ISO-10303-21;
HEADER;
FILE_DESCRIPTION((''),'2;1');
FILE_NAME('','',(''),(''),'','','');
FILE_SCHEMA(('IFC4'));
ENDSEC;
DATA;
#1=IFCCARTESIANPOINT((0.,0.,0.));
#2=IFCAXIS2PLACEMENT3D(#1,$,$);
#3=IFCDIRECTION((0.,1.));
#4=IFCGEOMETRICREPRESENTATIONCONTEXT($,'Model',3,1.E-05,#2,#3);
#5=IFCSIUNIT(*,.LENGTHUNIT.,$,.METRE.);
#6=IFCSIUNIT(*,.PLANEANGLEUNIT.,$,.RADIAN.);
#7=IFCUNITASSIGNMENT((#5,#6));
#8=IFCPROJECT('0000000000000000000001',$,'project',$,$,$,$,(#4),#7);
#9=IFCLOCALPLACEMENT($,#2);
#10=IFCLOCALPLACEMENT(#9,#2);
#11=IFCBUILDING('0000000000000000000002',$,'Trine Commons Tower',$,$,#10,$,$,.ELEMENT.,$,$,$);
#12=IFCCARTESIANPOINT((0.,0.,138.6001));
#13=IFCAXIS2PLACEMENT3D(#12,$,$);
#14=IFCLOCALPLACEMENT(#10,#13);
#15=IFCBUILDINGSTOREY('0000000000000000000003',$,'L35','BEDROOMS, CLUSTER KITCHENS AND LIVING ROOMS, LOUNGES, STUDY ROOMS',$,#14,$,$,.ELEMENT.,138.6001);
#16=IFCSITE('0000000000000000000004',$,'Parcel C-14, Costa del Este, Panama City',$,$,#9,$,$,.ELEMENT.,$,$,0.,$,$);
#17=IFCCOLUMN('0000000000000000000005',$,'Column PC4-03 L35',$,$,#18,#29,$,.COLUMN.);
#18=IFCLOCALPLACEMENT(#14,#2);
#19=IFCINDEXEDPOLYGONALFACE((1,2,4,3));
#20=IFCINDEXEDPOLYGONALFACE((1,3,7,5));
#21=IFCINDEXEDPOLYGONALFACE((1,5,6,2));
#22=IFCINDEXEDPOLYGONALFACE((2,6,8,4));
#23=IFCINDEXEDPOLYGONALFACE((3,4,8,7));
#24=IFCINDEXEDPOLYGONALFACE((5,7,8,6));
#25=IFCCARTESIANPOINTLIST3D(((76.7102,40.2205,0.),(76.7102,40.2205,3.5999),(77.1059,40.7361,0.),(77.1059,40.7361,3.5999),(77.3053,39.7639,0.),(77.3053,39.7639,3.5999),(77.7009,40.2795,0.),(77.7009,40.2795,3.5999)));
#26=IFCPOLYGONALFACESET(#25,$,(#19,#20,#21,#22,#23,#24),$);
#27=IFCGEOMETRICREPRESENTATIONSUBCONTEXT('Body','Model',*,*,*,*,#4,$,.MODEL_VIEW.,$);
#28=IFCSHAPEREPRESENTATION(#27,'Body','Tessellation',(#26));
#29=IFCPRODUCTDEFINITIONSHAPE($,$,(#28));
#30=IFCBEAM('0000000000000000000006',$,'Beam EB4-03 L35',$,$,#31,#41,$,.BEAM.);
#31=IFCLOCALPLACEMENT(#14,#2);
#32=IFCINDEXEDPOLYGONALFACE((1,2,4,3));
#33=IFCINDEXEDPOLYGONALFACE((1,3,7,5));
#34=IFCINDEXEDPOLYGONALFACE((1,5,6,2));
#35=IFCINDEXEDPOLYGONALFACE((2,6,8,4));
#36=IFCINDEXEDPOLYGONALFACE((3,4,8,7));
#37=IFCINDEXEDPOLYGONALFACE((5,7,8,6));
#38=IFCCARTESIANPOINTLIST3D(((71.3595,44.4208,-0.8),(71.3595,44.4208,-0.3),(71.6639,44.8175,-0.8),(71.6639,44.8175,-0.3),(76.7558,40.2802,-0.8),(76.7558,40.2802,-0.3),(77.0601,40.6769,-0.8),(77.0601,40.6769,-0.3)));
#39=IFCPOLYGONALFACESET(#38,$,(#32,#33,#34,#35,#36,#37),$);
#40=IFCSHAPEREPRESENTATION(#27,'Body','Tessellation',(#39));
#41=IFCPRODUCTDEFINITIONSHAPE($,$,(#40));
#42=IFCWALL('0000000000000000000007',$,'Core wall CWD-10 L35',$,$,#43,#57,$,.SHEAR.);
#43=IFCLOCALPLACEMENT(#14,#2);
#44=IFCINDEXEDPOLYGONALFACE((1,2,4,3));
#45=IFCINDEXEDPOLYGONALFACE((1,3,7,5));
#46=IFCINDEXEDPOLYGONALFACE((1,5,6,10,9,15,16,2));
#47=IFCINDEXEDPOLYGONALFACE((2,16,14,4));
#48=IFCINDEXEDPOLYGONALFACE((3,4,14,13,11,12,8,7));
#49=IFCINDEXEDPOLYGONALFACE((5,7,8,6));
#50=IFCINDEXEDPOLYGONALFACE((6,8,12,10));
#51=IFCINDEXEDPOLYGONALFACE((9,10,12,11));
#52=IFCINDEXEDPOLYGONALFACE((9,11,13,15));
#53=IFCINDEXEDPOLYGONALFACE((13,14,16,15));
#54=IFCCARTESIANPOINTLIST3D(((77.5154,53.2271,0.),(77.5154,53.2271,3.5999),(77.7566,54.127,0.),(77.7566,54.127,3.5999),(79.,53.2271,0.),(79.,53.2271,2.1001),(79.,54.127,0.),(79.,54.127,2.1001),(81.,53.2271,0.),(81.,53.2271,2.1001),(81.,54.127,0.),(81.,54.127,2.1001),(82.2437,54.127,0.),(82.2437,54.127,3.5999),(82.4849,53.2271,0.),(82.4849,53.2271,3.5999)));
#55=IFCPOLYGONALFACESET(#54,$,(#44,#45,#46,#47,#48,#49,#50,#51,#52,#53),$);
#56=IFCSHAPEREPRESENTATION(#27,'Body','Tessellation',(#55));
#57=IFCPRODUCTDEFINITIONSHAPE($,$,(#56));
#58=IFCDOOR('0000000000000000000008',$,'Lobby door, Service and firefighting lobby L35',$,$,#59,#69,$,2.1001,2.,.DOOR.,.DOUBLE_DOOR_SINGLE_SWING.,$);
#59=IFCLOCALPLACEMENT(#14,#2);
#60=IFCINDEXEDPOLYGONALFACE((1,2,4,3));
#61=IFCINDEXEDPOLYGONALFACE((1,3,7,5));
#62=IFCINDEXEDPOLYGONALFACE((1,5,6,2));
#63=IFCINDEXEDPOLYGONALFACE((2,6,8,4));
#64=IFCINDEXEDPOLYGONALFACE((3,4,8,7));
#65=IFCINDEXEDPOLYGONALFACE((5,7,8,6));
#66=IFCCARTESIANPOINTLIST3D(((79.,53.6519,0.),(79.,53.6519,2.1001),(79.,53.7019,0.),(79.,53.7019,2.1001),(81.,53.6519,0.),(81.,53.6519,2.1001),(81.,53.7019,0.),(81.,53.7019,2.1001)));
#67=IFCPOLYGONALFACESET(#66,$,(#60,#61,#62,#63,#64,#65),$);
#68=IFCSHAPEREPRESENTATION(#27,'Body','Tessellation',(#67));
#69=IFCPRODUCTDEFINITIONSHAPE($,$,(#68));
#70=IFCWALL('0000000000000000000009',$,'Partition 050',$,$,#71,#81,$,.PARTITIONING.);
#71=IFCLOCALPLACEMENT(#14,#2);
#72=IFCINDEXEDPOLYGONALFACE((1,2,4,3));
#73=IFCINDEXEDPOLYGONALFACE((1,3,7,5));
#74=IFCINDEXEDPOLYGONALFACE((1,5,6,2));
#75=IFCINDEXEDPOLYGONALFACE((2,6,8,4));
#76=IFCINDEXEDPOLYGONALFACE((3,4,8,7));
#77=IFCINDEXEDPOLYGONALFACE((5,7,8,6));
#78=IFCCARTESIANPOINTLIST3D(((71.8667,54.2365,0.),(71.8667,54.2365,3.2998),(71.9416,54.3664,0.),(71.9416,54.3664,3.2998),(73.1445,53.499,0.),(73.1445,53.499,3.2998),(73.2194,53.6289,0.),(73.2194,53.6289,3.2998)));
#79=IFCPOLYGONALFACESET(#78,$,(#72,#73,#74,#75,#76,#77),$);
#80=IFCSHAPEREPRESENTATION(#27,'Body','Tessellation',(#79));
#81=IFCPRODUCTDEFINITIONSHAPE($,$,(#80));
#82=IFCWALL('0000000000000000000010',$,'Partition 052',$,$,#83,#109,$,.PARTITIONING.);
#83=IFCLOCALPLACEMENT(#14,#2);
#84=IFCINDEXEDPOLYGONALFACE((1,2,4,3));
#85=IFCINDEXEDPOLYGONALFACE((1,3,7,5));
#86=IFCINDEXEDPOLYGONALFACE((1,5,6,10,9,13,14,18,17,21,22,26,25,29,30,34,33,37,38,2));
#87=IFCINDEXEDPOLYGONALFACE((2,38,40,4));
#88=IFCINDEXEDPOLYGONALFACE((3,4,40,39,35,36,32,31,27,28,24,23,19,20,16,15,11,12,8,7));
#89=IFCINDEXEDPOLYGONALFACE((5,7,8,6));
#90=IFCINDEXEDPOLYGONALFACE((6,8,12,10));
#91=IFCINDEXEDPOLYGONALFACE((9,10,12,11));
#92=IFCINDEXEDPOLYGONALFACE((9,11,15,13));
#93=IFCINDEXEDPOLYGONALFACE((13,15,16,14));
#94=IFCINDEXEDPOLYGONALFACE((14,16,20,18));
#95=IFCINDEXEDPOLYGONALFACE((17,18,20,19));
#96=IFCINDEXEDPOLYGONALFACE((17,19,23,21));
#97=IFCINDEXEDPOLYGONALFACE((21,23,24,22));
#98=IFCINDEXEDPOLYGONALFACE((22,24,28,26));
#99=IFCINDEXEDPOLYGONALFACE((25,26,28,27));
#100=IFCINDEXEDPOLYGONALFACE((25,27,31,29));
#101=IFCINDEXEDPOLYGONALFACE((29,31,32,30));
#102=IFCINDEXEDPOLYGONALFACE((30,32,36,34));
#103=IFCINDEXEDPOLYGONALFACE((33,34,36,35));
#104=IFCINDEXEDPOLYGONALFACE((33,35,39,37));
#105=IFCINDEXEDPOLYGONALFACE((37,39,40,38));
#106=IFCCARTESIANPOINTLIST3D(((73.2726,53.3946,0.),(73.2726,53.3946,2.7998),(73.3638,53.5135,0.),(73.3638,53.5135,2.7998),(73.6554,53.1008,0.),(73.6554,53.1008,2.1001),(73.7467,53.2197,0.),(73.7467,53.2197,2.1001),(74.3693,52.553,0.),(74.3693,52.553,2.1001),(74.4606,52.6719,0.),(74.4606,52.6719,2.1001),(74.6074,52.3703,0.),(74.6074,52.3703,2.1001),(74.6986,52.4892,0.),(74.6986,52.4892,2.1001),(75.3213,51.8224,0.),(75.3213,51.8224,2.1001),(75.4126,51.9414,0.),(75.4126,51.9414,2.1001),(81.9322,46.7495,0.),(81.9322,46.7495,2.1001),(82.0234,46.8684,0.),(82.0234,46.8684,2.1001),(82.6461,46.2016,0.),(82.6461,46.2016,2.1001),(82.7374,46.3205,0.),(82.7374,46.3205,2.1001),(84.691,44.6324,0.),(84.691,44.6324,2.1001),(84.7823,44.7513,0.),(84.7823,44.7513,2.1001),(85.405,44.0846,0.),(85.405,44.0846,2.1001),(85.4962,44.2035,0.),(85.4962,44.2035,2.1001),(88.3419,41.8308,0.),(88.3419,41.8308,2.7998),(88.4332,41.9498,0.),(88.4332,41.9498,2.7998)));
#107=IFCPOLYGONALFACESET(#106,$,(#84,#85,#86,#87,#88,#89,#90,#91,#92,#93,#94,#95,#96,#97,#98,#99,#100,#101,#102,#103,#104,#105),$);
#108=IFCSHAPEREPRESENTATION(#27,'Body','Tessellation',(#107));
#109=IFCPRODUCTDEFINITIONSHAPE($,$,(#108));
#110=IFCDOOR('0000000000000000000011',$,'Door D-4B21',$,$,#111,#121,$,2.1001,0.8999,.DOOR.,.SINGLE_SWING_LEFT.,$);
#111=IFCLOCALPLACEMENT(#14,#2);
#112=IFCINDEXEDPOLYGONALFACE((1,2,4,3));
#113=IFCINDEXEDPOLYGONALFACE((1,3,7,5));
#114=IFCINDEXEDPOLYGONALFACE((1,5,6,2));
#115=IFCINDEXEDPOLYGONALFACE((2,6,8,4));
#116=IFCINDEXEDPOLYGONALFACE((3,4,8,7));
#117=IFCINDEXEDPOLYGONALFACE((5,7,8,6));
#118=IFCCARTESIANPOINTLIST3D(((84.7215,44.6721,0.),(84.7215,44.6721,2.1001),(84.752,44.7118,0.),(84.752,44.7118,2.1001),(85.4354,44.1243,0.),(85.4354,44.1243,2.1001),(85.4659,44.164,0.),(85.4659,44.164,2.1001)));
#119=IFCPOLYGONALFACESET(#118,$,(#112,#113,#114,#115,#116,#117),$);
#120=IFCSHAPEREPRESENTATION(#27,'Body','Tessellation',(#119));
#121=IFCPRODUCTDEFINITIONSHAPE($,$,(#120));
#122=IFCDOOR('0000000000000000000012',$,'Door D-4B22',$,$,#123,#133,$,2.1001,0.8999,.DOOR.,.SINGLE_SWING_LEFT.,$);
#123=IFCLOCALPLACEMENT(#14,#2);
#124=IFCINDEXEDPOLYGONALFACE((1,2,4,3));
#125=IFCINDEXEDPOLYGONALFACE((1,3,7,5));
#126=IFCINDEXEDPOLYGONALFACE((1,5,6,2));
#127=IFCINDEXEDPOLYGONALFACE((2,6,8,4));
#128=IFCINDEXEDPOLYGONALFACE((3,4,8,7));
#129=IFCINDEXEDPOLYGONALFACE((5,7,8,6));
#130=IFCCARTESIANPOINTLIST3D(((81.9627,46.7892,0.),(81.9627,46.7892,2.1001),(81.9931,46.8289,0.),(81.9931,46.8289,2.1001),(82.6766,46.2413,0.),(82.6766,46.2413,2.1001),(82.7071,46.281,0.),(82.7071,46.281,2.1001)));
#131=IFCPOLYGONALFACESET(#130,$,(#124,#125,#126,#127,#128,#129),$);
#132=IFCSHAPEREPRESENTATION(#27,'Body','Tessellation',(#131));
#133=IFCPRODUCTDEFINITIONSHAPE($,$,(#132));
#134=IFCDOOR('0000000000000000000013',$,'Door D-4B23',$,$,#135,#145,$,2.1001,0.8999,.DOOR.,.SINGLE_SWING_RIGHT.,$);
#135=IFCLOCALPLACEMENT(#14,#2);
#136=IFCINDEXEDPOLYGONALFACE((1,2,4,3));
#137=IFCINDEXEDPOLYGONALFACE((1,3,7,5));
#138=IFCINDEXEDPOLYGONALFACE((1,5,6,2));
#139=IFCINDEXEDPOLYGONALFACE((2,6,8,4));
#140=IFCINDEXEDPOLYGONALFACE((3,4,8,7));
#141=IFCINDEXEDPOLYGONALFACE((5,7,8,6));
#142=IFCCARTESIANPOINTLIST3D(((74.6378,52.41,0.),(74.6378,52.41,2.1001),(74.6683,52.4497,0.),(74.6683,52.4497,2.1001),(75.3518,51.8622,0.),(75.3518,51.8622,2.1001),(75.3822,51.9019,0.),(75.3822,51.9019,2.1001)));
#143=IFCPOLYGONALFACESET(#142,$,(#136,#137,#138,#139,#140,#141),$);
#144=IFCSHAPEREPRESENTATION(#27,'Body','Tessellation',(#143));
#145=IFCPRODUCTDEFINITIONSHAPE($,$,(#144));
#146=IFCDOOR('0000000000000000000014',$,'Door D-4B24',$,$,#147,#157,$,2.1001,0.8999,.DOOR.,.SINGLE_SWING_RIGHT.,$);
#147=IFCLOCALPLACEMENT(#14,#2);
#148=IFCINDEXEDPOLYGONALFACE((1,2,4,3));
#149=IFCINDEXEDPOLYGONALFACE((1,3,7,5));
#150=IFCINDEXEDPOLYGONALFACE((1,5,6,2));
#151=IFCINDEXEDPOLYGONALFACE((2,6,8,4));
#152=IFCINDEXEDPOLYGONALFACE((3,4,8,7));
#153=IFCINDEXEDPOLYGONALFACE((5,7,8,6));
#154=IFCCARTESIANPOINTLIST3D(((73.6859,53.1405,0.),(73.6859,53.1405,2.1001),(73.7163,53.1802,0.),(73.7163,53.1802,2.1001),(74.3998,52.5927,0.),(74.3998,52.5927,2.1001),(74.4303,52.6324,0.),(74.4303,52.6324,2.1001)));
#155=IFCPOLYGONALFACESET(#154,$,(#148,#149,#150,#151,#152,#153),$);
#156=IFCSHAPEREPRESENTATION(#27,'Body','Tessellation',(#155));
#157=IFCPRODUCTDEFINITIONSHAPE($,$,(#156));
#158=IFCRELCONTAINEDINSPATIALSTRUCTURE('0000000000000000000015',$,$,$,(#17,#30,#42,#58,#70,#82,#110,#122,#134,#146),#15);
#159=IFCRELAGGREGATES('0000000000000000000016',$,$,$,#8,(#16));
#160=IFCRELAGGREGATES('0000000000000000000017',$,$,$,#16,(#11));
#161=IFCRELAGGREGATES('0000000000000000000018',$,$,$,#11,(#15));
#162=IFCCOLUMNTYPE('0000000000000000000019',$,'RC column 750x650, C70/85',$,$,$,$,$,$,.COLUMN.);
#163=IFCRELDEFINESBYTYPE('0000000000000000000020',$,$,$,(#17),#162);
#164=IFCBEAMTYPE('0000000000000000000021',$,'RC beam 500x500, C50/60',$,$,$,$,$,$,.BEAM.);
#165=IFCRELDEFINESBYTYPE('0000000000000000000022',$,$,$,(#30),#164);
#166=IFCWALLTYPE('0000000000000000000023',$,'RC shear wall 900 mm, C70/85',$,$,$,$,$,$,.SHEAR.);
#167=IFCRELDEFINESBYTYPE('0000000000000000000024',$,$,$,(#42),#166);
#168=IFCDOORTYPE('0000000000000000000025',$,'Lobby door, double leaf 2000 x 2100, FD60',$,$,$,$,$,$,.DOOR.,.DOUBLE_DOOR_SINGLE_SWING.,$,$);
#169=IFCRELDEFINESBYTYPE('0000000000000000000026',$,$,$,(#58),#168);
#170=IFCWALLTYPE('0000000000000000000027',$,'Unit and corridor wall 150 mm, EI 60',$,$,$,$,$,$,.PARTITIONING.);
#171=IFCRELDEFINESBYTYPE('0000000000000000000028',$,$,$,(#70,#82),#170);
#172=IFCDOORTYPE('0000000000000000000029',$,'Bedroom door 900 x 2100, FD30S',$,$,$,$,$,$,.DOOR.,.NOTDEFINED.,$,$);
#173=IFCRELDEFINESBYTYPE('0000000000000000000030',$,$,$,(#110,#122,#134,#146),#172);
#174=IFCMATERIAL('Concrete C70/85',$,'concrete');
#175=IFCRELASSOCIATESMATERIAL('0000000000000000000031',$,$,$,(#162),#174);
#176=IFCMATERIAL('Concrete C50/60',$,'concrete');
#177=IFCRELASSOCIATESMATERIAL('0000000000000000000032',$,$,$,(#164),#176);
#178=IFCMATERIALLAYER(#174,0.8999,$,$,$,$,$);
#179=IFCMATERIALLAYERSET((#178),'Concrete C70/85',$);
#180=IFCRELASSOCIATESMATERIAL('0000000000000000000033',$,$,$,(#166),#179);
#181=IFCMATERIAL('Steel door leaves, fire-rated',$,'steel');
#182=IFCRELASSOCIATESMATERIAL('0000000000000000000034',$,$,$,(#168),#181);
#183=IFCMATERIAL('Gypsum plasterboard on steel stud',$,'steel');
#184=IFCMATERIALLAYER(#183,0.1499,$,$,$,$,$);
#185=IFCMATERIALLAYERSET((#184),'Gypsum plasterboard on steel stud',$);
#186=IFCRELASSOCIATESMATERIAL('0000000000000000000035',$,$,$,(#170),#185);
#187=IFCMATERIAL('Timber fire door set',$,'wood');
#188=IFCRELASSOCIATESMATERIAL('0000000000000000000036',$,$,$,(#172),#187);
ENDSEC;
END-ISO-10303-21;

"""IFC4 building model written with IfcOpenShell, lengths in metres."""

from ifc_helpers import new_model, si_unit, direction, frame, frame_2d, origin, origin_2d, place, context, subcontext, project, spatial, polyline, rectangle, outline, extrude, material, layer, layer_set, material_profile, profile_set, type_object, element, fill, save


model = new_model("IFC4")

# Units and contexts
model_context = context("Model", 3, precision=1e-05, world=origin(), true_north=direction((0.0, 1.0)))
body_context = subcontext(model_context, "Body", "Model", "MODEL_VIEW")
ifc_project = project(units=[si_unit("LENGTHUNIT", "METRE"), si_unit("PLANEANGLEUNIT", "RADIAN")], contexts=[model_context])

# Site, building, storey
site_placement = place(None, origin())
site = spatial("IfcSite", under=ifc_project, at=site_placement, Name="Parcel C-14, Costa del Este, Panama City", CompositionType="ELEMENT", RefElevation=0.0)
building_placement = place(site_placement, origin())
building = spatial("IfcBuilding", under=site, at=building_placement, Name="Trine Commons Tower", CompositionType="ELEMENT")
storey_placement = place(building_placement, frame((0.0, 0.0, 138.6001)))
storey = spatial("IfcBuildingStorey", under=building, at=storey_placement, Name="L35", Description="BEDROOMS, CLUSTER KITCHENS AND LIVING ROOMS, LOUNGES, STUDY ROOMS", CompositionType="ELEMENT", Elevation=138.6001)

# Column
ifc_material_1 = material(Name="Concrete C70/85", Category="concrete")
ifc_material_profile_1 = material_profile(ifc_material_1, rectangle(XDim=0.75, YDim=0.6499, at=origin_2d()), Name="RC 750x650")
ifc_profile_set_1 = profile_set([ifc_material_profile_1], Name="Concrete C70/85")
column_type = type_object("IfcColumnType", Name="RC column 750x650, C70/85", PredefinedType="COLUMN", material=ifc_profile_set_1)
column_placement = place(storey_placement, frame((77.2056, 40.25, 0.0), z_axis=(0.0, 0.0, 1.0), x_axis=(-0.793353, 0.608761, 0.0)))
element("IfcColumn", 1, at=column_placement, inside=storey, type_object=column_type, Name="Column PC4-03 L35", PredefinedType="COLUMN", context=body_context, shape_type="SweptSolid", body=[
    extrude(rectangle(XDim=0.75, YDim=0.6499, at=origin_2d()), origin(), (0.0, 0.0, 1.0), 3.5999),
])

# Beam
ifc_material_2 = material(Name="Concrete C50/60", Category="concrete")
ifc_material_profile_2 = material_profile(ifc_material_2, rectangle(XDim=0.5, YDim=0.5, at=origin_2d()), Name="RC 500x500")
ifc_profile_set_2 = profile_set([ifc_material_profile_2], Name="Concrete C50/60")
beam_type = type_object("IfcBeamType", Name="RC beam 500x500, C50/60", PredefinedType="BEAM", material=ifc_profile_set_2)
beam_placement = place(storey_placement, frame((76.908, 40.4785, -0.55), z_axis=(-0.793357, 0.608756, 0.0), x_axis=(-0.608756, -0.793357, 0.0)))
element("IfcBeam", 2, at=beam_placement, inside=storey, type_object=beam_type, Name="Beam EB4-03 L35", PredefinedType="BEAM", context=body_context, shape_type="SweptSolid", body=[
    extrude(rectangle(XDim=0.5, YDim=0.5, at=origin_2d()), origin(), (0.0, 0.0, 1.0), 6.8018),
])

# Wall, opening, door
ifc_layer_1 = layer(ifc_material_1, 0.8999)
ifc_layer_set_1 = layer_set([ifc_layer_1], Name="Concrete C70/85")
wall_type_1 = type_object("IfcWallType", Name="RC shear wall 900 mm, C70/85", PredefinedType="SHEAR", material=ifc_layer_set_1)
wall_1_placement = place(storey_placement, frame((77.5154, 53.677, 0.0), z_axis=(0.0, 0.0, 1.0), x_axis=(1.0, 0.0, 0.0)))
wall_1 = element("IfcWall", 3, at=wall_1_placement, inside=storey, type_object=wall_type_1, Name="Core wall CWD-10 L35", PredefinedType="SHEAR", context=body_context, shape_type="SweptSolid", body=[
    extrude(outline(polyline([(0.0, -0.45), (4.9695, -0.45), (4.7283, 0.45), (0.2412, 0.45), (0.0, -0.45)])), origin(), (0.0, 0.0, 1.0), 3.5999),
])
opening_1_placement = place(wall_1_placement, frame((1.4846, 0.0, 0.0)))
opening_1 = element("IfcOpeningElement", 4, at=opening_1_placement, cuts=wall_1, PredefinedType="OPENING", context=body_context, shape_type="SweptSolid", body=[
    extrude(rectangle(XDim=2.0, YDim=2.1001, at=frame_2d((1.0, 1.05))), frame((0.0, 0.46, 0.0), z_axis=(0.0, -1.0, 0.0), x_axis=(1.0, 0.0, 0.0)), (0.0, 0.0, 1.0), 0.9199),
])
ifc_material_3 = material(Name="Steel door leaves, fire-rated", Category="steel")
door_type_1 = type_object("IfcDoorType", Name="Lobby door, double leaf 2000 x 2100, FD60", OperationType="DOUBLE_DOOR_SINGLE_SWING", PredefinedType="DOOR", material=ifc_material_3)
door_1_placement = place(opening_1_placement, origin())
door_1 = element("IfcDoor", 5, at=door_1_placement, inside=storey, type_object=door_type_1, Name="Lobby door, Service and firefighting lobby L35", OperationType="DOUBLE_DOOR_SINGLE_SWING", OverallHeight=2.1001, OverallWidth=2.0, PredefinedType="DOOR", context=body_context, shape_type="SweptSolid", body=[
    extrude(rectangle(XDim=2.0, YDim=2.1001, at=frame_2d((1.0, 1.05))), frame((0.0, 0.0249, 0.0), z_axis=(0.0, -1.0, 0.0), x_axis=(1.0, 0.0, 0.0)), (0.0, 0.0, 1.0), 0.05),
])
fill(opening_1, door_1)

# Wall
ifc_material_4 = material(Name="Gypsum plasterboard on steel stud", Category="steel")
ifc_layer_2 = layer(ifc_material_4, 0.1499)
ifc_layer_set_2 = layer_set([ifc_layer_2], Name="Gypsum plasterboard on steel stud")
wall_type_2 = type_object("IfcWallType", Name="Unit and corridor wall 150 mm, EI 60", PredefinedType="PARTITIONING", material=ifc_layer_set_2)
wall_2_placement = place(storey_placement, frame((71.9041, 54.3015, 0.0), z_axis=(0.0, 0.0, 1.0), x_axis=(0.866086, -0.499894, 0.0)))
element("IfcWall", 6, at=wall_2_placement, inside=storey, type_object=wall_type_2, Name="Partition 050", PredefinedType="PARTITIONING", context=body_context, shape_type="SweptSolid", body=[
    extrude(rectangle(XDim=1.4753, YDim=0.1499, at=frame_2d((0.7378, 0.0))), origin(), (0.0, 0.0, 1.0), 3.2998),
])

# Wall, openings, doors
wall_3_placement = place(storey_placement, frame((73.3181, 53.4541, 0.0), z_axis=(0.0, 0.0, 1.0), x_axis=(0.793338, -0.608782, 0.0)))
wall_3 = element("IfcWall", 7, at=wall_3_placement, inside=storey, type_object=wall_type_2, Name="Partition 052", PredefinedType="PARTITIONING", context=body_context, shape_type="SweptSolid", body=[
    extrude(rectangle(XDim=18.9949, YDim=0.1499, at=frame_2d((9.4976, 0.0))), origin(), (0.0, 0.0, 1.0), 2.7998),
])
opening_2_placement = place(wall_3_placement, frame((14.3931, 0.0, 0.0)))
opening_2 = element("IfcOpeningElement", 8, at=opening_2_placement, cuts=wall_3, PredefinedType="OPENING", context=body_context, shape_type="SweptSolid", body=[
    extrude(rectangle(XDim=0.8999, YDim=2.1001, at=frame_2d((0.45, 1.05))), frame((0.0, 0.085, 0.0), z_axis=(0.0, -1.0, 0.0), x_axis=(1.0, 0.0, 0.0)), (0.0, 0.0, 1.0), 0.1699),
])
opening_3_placement = place(wall_3_placement, frame((10.9155, 0.0, 0.0)))
opening_3 = element("IfcOpeningElement", 9, at=opening_3_placement, cuts=wall_3, PredefinedType="OPENING", context=body_context, shape_type="SweptSolid", body=[
    extrude(rectangle(XDim=0.8999, YDim=2.1001, at=frame_2d((0.45, 1.05))), frame((0.0, 0.085, 0.0), z_axis=(0.0, -1.0, 0.0), x_axis=(1.0, 0.0, 0.0)), (0.0, 0.0, 1.0), 0.1699),
])
opening_4_placement = place(wall_3_placement, frame((1.6826, 0.0, 0.0)))
opening_4 = element("IfcOpeningElement", 10, at=opening_4_placement, cuts=wall_3, PredefinedType="OPENING", context=body_context, shape_type="SweptSolid", body=[
    extrude(rectangle(XDim=0.8999, YDim=2.1001, at=frame_2d((0.45, 1.05))), frame((0.0, 0.085, 0.0), z_axis=(0.0, -1.0, 0.0), x_axis=(1.0, 0.0, 0.0)), (0.0, 0.0, 1.0), 0.1699),
])
opening_5_placement = place(wall_3_placement, frame((0.4827, 0.0, 0.0)))
opening_5 = element("IfcOpeningElement", 11, at=opening_5_placement, cuts=wall_3, PredefinedType="OPENING", context=body_context, shape_type="SweptSolid", body=[
    extrude(rectangle(XDim=0.8999, YDim=2.1001, at=frame_2d((0.45, 1.05))), frame((0.0, 0.085, 0.0), z_axis=(0.0, -1.0, 0.0), x_axis=(1.0, 0.0, 0.0)), (0.0, 0.0, 1.0), 0.1699),
])
ifc_material_5 = material(Name="Timber fire door set", Category="wood")
door_type_2 = type_object("IfcDoorType", Name="Bedroom door 900 x 2100, FD30S", OperationType="NOTDEFINED", PredefinedType="DOOR", material=ifc_material_5)
door_2_placement = place(opening_2_placement, frame((0.8999, 0.0, 0.0), z_axis=(0.0, 0.0, 1.0), x_axis=(-1.0, 0.0, 0.0)))
door_2 = element("IfcDoor", 12, at=door_2_placement, inside=storey, type_object=door_type_2, Name="Door D-4B21", OperationType="SINGLE_SWING_LEFT", OverallHeight=2.1001, OverallWidth=0.8999, PredefinedType="DOOR", context=body_context, shape_type="SweptSolid", body=[
    extrude(rectangle(XDim=0.8999, YDim=2.1001, at=frame_2d((0.45, 1.05))), frame((0.0, 0.0249, 0.0), z_axis=(0.0, -1.0, 0.0), x_axis=(1.0, 0.0, 0.0)), (0.0, 0.0, 1.0), 0.05),
])
fill(opening_2, door_2)
door_3_placement = place(opening_3_placement, frame((0.8999, 0.0, 0.0), z_axis=(0.0, 0.0, 1.0), x_axis=(-1.0, 0.0, 0.0)))
door_3 = element("IfcDoor", 13, at=door_3_placement, inside=storey, type_object=door_type_2, Name="Door D-4B22", OperationType="SINGLE_SWING_LEFT", OverallHeight=2.1001, OverallWidth=0.8999, PredefinedType="DOOR", context=body_context, shape_type="SweptSolid", body=[
    extrude(rectangle(XDim=0.8999, YDim=2.1001, at=frame_2d((0.45, 1.05))), frame((0.0, 0.0249, 0.0), z_axis=(0.0, -1.0, 0.0), x_axis=(1.0, 0.0, 0.0)), (0.0, 0.0, 1.0), 0.05),
])
fill(opening_3, door_3)
door_4_placement = place(opening_4_placement, frame((0.8999, 0.0, 0.0), z_axis=(0.0, 0.0, 1.0), x_axis=(-1.0, 0.0, 0.0)))
door_4 = element("IfcDoor", 14, at=door_4_placement, inside=storey, type_object=door_type_2, Name="Door D-4B23", OperationType="SINGLE_SWING_RIGHT", OverallHeight=2.1001, OverallWidth=0.8999, PredefinedType="DOOR", context=body_context, shape_type="SweptSolid", body=[
    extrude(rectangle(XDim=0.8999, YDim=2.1001, at=frame_2d((0.45, 1.05))), frame((0.0, 0.0249, 0.0), z_axis=(0.0, -1.0, 0.0), x_axis=(1.0, 0.0, 0.0)), (0.0, 0.0, 1.0), 0.05),
])
fill(opening_4, door_4)
door_5_placement = place(opening_5_placement, frame((0.8999, 0.0, 0.0), z_axis=(0.0, 0.0, 1.0), x_axis=(-1.0, 0.0, 0.0)))
door_5 = element("IfcDoor", 15, at=door_5_placement, inside=storey, type_object=door_type_2, Name="Door D-4B24", OperationType="SINGLE_SWING_RIGHT", OverallHeight=2.1001, OverallWidth=0.8999, PredefinedType="DOOR", context=body_context, shape_type="SweptSolid", body=[
    extrude(rectangle(XDim=0.8999, YDim=2.1001, at=frame_2d((0.45, 1.05))), frame((0.0, 0.0249, 0.0), z_axis=(0.0, -1.0, 0.0), x_axis=(1.0, 0.0, 0.0)), (0.0, 0.0, 1.0), 0.05),
])
fill(opening_5, door_5)

save(model, "model.ifc")
